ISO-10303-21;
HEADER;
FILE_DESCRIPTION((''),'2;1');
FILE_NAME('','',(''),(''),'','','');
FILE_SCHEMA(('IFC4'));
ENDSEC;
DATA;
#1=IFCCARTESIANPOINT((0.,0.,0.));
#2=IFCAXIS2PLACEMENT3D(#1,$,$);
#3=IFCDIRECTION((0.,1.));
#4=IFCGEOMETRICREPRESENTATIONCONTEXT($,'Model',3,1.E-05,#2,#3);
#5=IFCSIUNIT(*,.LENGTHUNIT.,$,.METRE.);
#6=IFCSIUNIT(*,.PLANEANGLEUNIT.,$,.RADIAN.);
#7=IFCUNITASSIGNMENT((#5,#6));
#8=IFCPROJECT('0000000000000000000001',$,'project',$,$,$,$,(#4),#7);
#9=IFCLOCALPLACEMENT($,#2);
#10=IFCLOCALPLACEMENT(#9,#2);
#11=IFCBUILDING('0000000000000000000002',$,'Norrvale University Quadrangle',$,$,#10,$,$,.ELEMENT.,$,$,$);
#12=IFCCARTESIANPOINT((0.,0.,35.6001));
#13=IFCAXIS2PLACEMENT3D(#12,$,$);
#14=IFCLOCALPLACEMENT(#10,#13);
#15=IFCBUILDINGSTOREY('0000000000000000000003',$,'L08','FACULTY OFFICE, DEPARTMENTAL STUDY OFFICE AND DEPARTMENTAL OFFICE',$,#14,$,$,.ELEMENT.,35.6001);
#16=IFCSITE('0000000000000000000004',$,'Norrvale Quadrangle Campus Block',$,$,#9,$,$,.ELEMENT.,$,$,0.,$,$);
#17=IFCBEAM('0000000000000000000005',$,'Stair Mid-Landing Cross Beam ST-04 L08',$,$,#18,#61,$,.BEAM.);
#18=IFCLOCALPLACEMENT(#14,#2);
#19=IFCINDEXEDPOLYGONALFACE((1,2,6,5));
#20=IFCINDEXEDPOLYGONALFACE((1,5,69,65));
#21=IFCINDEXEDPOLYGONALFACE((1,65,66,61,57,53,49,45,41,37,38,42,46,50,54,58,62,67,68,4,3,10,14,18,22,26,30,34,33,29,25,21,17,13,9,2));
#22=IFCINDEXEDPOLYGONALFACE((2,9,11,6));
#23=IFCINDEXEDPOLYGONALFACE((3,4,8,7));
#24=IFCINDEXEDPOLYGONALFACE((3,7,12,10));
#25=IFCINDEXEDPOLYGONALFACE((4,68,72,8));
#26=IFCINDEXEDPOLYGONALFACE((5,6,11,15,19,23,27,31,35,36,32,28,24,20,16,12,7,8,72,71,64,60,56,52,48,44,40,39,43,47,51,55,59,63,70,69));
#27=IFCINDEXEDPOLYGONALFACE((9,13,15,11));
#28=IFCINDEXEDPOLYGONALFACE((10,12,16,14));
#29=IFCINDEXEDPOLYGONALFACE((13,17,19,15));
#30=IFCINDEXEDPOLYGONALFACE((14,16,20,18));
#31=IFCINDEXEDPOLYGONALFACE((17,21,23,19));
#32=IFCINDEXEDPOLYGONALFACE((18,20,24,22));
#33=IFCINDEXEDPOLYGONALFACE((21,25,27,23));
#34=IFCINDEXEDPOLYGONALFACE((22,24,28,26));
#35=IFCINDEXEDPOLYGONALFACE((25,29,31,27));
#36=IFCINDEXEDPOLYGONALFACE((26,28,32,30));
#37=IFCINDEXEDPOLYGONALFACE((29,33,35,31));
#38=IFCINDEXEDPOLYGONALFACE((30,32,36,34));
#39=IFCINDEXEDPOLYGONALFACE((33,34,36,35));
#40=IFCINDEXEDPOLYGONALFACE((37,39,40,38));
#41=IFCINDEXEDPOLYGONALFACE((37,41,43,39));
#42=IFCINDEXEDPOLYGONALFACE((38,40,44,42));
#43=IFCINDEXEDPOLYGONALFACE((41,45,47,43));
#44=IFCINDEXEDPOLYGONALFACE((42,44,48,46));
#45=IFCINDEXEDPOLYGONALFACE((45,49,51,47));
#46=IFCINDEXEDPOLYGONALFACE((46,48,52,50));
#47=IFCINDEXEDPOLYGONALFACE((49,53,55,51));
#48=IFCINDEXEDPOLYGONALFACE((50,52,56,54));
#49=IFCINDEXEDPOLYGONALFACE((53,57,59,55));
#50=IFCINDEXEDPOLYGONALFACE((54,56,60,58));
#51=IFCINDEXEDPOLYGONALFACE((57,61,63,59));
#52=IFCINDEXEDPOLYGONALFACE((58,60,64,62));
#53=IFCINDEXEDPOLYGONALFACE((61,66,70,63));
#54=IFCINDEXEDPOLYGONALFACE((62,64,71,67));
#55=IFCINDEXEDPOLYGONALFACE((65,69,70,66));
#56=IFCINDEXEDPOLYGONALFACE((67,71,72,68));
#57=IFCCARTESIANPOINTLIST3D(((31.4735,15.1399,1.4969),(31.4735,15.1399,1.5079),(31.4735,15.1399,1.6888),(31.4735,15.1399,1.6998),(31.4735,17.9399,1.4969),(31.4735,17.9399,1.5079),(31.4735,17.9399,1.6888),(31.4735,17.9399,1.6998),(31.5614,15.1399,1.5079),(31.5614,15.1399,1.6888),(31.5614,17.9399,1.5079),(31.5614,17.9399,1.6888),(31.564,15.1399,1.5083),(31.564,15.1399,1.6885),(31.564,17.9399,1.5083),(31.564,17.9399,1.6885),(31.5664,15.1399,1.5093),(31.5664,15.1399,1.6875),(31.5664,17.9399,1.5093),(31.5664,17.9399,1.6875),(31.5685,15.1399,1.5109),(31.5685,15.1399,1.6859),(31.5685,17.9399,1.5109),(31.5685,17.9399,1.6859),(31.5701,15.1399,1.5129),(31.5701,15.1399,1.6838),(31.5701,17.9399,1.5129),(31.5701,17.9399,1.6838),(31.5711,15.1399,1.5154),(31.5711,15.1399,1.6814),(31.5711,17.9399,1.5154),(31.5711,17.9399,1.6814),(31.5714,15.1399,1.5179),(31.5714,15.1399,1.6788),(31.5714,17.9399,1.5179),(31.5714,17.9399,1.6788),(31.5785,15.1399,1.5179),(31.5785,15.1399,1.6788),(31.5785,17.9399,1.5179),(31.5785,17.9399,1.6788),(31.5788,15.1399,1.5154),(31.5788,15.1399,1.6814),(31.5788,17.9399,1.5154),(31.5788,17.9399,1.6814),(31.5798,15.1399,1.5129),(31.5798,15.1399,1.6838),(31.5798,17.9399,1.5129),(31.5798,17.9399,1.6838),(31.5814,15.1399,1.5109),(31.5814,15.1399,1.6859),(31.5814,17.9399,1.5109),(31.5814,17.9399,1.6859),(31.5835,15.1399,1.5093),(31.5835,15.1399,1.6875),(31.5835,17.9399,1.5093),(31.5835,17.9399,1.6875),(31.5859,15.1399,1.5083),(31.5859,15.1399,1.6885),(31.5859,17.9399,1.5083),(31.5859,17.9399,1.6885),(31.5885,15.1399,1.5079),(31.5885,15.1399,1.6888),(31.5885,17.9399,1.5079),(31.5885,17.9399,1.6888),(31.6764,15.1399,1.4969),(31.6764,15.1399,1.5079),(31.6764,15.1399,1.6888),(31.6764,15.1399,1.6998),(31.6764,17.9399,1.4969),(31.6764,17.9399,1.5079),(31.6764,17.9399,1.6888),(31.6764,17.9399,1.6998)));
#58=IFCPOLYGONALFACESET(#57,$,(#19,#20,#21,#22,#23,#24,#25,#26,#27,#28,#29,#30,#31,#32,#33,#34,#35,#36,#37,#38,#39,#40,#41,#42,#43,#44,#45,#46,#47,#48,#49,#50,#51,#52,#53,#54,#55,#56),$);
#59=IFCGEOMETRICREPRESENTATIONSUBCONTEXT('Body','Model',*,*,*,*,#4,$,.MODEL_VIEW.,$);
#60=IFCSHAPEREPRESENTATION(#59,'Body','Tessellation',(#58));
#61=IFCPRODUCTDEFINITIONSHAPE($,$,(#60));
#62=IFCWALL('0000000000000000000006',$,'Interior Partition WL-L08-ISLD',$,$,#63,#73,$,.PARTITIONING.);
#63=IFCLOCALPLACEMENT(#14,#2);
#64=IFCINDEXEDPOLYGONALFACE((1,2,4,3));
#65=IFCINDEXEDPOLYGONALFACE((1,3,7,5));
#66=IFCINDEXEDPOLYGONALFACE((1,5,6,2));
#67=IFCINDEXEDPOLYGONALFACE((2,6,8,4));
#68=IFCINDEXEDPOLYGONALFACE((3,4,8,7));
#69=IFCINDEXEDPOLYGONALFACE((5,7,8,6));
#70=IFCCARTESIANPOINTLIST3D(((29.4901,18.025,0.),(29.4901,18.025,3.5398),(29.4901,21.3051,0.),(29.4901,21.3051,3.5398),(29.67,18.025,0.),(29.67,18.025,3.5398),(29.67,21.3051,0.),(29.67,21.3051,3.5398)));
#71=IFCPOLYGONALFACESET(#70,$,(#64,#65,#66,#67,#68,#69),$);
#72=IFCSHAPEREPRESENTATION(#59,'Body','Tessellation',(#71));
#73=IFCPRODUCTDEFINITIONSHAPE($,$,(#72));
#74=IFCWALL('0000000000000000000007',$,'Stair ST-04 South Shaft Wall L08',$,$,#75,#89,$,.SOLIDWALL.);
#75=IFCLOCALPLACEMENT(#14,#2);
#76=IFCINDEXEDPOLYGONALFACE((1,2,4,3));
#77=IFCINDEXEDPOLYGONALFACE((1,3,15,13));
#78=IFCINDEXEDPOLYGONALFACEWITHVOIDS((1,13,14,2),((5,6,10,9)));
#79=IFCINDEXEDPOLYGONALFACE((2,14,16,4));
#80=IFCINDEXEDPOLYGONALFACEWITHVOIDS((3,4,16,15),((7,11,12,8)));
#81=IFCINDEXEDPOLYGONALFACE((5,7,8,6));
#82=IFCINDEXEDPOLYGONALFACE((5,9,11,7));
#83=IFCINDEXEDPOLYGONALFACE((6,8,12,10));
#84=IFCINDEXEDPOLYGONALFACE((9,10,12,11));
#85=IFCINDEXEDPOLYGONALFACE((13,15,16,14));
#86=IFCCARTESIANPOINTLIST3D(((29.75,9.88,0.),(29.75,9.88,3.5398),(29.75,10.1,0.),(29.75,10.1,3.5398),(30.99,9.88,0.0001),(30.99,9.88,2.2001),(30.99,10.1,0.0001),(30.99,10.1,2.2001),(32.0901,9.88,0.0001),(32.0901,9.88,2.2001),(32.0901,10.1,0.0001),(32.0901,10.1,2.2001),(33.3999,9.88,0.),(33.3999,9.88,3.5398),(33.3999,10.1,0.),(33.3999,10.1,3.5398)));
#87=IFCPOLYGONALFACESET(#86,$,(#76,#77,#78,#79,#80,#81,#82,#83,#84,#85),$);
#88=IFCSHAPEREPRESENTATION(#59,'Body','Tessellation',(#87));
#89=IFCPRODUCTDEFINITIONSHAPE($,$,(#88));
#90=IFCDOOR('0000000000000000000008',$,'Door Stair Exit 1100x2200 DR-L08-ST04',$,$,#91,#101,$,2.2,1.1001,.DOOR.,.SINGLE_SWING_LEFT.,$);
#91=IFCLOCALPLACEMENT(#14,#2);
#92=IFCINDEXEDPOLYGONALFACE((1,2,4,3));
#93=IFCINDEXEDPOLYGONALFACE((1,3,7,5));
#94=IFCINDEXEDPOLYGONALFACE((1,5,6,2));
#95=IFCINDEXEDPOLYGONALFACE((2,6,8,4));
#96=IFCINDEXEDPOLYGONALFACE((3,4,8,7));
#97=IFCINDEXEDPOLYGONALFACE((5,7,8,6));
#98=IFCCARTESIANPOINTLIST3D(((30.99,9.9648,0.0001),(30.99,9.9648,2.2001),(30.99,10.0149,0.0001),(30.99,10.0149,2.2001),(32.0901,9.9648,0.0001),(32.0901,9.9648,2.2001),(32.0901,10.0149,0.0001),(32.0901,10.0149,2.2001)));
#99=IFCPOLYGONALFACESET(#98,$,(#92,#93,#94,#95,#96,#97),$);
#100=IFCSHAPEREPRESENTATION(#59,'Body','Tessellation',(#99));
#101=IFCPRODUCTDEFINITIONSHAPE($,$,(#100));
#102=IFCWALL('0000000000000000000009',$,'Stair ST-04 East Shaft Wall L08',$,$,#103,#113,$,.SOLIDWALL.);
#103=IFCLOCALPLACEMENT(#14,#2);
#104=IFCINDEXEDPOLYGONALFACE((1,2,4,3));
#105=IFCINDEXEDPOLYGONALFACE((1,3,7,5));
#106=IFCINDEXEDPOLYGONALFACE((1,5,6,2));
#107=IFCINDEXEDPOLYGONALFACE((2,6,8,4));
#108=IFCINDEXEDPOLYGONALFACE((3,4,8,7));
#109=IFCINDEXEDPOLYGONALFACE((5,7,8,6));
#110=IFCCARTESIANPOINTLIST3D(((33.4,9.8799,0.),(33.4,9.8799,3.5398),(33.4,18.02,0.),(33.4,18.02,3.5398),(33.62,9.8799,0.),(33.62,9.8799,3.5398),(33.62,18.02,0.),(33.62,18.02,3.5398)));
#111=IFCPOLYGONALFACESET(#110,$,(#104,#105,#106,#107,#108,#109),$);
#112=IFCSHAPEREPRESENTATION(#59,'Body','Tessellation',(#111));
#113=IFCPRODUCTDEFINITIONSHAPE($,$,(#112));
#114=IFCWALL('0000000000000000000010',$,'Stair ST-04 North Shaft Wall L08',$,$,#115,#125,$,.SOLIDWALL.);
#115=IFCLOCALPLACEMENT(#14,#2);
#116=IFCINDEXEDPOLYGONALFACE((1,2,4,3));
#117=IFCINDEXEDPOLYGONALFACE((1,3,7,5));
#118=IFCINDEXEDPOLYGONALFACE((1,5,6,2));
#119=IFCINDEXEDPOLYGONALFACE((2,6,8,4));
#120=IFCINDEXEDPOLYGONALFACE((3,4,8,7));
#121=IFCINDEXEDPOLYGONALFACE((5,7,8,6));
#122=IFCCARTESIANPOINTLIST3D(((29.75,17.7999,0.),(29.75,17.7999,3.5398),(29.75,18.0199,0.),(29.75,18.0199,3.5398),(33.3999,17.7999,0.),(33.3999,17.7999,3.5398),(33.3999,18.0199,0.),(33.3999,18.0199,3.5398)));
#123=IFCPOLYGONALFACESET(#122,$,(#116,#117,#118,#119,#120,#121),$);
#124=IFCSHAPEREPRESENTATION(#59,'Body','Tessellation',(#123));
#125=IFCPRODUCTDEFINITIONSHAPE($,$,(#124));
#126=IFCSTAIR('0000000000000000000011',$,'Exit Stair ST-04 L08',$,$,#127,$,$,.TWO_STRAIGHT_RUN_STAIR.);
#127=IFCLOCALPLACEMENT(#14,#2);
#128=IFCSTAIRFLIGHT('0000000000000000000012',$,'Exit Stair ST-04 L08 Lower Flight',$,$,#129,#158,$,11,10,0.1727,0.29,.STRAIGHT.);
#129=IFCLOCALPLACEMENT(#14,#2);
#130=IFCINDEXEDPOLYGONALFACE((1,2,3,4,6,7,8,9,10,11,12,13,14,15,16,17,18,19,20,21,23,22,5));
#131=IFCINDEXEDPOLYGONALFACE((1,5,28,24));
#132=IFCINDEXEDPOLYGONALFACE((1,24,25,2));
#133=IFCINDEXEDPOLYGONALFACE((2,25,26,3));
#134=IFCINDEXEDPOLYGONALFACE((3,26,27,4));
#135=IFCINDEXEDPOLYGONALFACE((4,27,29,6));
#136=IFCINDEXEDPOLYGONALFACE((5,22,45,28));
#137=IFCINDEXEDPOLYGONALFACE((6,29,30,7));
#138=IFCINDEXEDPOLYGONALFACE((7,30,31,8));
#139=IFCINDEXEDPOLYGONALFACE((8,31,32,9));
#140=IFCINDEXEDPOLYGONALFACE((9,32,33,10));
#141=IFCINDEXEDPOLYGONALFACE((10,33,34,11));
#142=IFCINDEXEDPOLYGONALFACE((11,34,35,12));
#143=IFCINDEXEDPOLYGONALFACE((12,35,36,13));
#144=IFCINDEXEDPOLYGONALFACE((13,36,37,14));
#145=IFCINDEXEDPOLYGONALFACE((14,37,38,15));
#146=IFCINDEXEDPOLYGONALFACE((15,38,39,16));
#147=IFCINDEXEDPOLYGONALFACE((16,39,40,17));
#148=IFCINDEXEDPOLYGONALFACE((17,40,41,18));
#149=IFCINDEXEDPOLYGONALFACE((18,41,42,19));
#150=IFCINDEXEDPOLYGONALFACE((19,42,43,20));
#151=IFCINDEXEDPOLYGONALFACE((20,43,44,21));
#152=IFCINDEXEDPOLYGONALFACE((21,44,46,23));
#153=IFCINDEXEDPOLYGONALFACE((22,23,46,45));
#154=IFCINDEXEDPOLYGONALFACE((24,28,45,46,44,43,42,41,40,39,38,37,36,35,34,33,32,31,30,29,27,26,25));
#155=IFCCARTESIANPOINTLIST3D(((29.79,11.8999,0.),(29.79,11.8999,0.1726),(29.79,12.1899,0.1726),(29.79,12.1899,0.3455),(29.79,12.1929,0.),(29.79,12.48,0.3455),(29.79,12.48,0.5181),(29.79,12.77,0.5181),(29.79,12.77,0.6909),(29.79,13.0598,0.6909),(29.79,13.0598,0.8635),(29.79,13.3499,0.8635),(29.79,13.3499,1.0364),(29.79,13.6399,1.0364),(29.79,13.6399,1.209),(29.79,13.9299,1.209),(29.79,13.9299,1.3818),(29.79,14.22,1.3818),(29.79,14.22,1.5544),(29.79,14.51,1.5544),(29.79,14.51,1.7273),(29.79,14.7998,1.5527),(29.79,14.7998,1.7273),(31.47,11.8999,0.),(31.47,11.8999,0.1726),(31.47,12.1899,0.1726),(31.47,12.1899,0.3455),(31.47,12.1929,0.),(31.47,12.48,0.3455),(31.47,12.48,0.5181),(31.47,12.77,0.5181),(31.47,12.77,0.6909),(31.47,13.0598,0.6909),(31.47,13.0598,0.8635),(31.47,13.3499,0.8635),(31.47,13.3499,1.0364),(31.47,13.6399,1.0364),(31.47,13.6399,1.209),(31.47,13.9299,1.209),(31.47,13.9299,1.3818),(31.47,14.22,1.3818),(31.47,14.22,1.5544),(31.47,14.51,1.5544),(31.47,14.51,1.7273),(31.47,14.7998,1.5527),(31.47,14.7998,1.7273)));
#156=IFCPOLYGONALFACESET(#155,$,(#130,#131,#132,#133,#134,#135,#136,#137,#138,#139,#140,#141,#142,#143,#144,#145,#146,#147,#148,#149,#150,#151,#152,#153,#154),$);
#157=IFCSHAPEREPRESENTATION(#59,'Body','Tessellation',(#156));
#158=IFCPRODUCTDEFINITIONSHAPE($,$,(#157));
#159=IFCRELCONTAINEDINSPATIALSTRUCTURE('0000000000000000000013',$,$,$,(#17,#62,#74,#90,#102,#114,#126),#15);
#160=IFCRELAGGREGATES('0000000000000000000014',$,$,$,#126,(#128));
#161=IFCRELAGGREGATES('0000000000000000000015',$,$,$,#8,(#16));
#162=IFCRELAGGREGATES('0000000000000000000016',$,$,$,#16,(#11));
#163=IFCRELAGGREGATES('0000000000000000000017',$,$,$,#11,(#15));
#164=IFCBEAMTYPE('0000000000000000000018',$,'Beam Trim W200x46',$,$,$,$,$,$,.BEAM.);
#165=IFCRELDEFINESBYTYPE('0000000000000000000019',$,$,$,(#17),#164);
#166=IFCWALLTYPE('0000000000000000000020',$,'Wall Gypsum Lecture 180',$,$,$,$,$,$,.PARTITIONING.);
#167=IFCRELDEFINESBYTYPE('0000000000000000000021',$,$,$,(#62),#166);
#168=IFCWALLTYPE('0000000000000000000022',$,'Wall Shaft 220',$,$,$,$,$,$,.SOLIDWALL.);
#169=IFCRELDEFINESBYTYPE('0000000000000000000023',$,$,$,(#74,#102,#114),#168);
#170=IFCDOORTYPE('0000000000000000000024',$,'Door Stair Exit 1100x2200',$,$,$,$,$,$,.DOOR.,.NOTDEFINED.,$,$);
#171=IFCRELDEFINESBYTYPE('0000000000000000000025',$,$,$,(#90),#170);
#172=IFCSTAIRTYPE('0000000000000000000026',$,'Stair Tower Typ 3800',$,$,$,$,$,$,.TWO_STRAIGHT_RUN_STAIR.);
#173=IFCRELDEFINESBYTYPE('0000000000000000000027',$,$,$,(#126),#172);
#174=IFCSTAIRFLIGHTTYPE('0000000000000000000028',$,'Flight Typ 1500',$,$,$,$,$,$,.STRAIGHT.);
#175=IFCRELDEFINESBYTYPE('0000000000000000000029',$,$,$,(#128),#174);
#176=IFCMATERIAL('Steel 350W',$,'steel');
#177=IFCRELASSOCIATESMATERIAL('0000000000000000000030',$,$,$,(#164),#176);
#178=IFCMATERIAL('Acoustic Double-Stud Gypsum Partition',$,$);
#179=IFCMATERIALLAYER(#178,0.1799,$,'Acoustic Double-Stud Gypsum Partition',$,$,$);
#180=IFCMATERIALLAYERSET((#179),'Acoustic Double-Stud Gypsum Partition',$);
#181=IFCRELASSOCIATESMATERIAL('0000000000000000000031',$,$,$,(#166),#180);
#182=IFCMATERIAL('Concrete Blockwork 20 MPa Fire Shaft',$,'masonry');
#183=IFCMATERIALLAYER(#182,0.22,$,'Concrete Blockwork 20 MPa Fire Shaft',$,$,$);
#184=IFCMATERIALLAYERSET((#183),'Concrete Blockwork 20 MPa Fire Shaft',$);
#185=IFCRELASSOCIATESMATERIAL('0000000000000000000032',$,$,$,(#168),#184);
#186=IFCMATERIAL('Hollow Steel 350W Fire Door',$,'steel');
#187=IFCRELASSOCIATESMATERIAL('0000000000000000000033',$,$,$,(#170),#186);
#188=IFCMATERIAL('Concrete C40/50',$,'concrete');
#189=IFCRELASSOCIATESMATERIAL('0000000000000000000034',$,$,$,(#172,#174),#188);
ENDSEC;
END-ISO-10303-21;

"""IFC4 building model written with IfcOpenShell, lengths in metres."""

from ifc_helpers import new_model, si_unit, direction, frame, frame_2d, origin, origin_2d, place, context, subcontext, project, spatial, polyline, rectangle, i_section, outline, extrude, material, layer, layer_set, material_profile, profile_set, type_object, element, fill, aggregate, save


model = new_model("IFC4")

# Units and contexts
model_context = context("Model", 3, precision=1e-05, world=origin(), true_north=direction((0.0, 1.0)))
body_context = subcontext(model_context, "Body", "Model", "MODEL_VIEW")
ifc_project = project(units=[si_unit("LENGTHUNIT", "METRE"), si_unit("PLANEANGLEUNIT", "RADIAN")], contexts=[model_context])

# Site, building, storey
site_placement = place(None, origin())
site = spatial("IfcSite", under=ifc_project, at=site_placement, Name="Norrvale Quadrangle Campus Block", CompositionType="ELEMENT", RefElevation=0.0)
building_placement = place(site_placement, origin())
building = spatial("IfcBuilding", under=site, at=building_placement, Name="Norrvale University Quadrangle", CompositionType="ELEMENT")
storey_placement = place(building_placement, frame((0.0, 0.0, 35.6001)))
storey = spatial("IfcBuildingStorey", under=building, at=storey_placement, Name="L08", Description="FACULTY OFFICE, DEPARTMENTAL STUDY OFFICE AND DEPARTMENTAL OFFICE", CompositionType="ELEMENT", Elevation=35.6001)

# Beam
ifc_material_1 = material(Name="Steel 350W", Category="steel")
ifc_material_profile_1 = material_profile(ifc_material_1, i_section(OverallWidth=0.2029, OverallDepth=0.2029, WebThickness=0.0071, FlangeThickness=0.011, FilletRadius=0.01, at=origin_2d()), Name="Steel 350W")
ifc_profile_set_1 = profile_set([ifc_material_profile_1], Name="Steel 350W")
beam_type_1 = type_object("IfcBeamType", Name="Beam Trim W200x46", PredefinedType="BEAM", material=ifc_profile_set_1)
beam_1_placement = place(storey_placement, frame((31.575, 15.1399, 1.5984), z_axis=(0.0, 1.0, 0.0), x_axis=(-1.0, 0.0, 0.0)))
element("IfcBeam", 1, at=beam_1_placement, inside=storey, type_object=beam_type_1, Name="Stair Mid-Landing Cross Beam ST-04 L08", PredefinedType="BEAM", context=body_context, shape_type="SweptSolid", body=[
    extrude(i_section(OverallWidth=0.2029, OverallDepth=0.2029, WebThickness=0.0071, FlangeThickness=0.011, FilletRadius=0.01, at=origin_2d()), origin(), (0.0, 0.0, 1.0), 2.8),
])

# Wall
ifc_material_2 = material(Name="Acoustic Double-Stud Gypsum Partition")
ifc_layer_1 = layer(ifc_material_2, 0.1799, Name="Acoustic Double-Stud Gypsum Partition")
ifc_layer_set_1 = layer_set([ifc_layer_1], Name="Acoustic Double-Stud Gypsum Partition")
wall_type_1 = type_object("IfcWallType", Name="Wall Gypsum Lecture 180", PredefinedType="PARTITIONING", material=ifc_layer_set_1)
wall_1_placement = place(storey_placement, frame((29.5801, 18.0249, 0.0), z_axis=(0.0, 0.0, 1.0), x_axis=(0.0, 1.0, 0.0)))
element("IfcWall", 2, at=wall_1_placement, inside=storey, type_object=wall_type_1, Name="Interior Partition WL-L08-ISLD", PredefinedType="PARTITIONING", context=body_context, shape_type="SweptSolid", body=[
    extrude(rectangle(XDim=3.28, YDim=0.1799, at=frame_2d((1.6401, 0.0))), origin(), (0.0, 0.0, 1.0), 3.5398),
])

# Wall, opening, door
ifc_material_3 = material(Name="Concrete Blockwork 20 MPa Fire Shaft", Category="masonry")
ifc_layer_2 = layer(ifc_material_3, 0.22, Name="Concrete Blockwork 20 MPa Fire Shaft")
ifc_layer_set_2 = layer_set([ifc_layer_2], Name="Concrete Blockwork 20 MPa Fire Shaft")
wall_type_2 = type_object("IfcWallType", Name="Wall Shaft 220", PredefinedType="SOLIDWALL", material=ifc_layer_set_2)
wall_2_placement = place(storey_placement, frame((29.75, 9.99, 0.0), z_axis=(0.0, 0.0, 1.0), x_axis=(1.0, 0.0, 0.0)))
wall_2 = element("IfcWall", 3, at=wall_2_placement, inside=storey, type_object=wall_type_2, Name="Stair ST-04 South Shaft Wall L08", PredefinedType="SOLIDWALL", context=body_context, shape_type="SweptSolid", body=[
    extrude(rectangle(XDim=3.6499, YDim=0.22, at=frame_2d((1.825, 0.0))), origin(), (0.0, 0.0, 1.0), 3.5398),
])
opening_placement = place(wall_2_placement, frame((1.24, 0.0, 0.0)))
opening = element("IfcOpeningElement", 4, at=opening_placement, cuts=wall_2, PredefinedType="OPENING", context=body_context, shape_type="SweptSolid", body=[
    extrude(rectangle(XDim=1.1001, YDim=2.2, at=frame_2d((0.55, 1.1001))), frame((0.0, 0.1221, 0.0), z_axis=(0.0, -1.0, 0.0), x_axis=(1.0, 0.0, 0.0)), (0.0, 0.0, 1.0), 0.2439),
])
ifc_material_4 = material(Name="Hollow Steel 350W Fire Door", Category="steel")
door_type = type_object("IfcDoorType", Name="Door Stair Exit 1100x2200", OperationType="NOTDEFINED", PredefinedType="DOOR", material=ifc_material_4)
door_placement = place(opening_placement, origin())
door = element("IfcDoor", 5, at=door_placement, inside=storey, type_object=door_type, Name="Door Stair Exit 1100x2200 DR-L08-ST04", OperationType="SINGLE_SWING_LEFT", OverallHeight=2.2, OverallWidth=1.1001, PredefinedType="DOOR", context=body_context, shape_type="SweptSolid", body=[
    extrude(rectangle(XDim=1.1001, YDim=2.2, at=frame_2d((0.55, 1.1001))), frame((0.0, 0.0249, 0.0), z_axis=(0.0, -1.0, 0.0), x_axis=(1.0, 0.0, 0.0)), (0.0, 0.0, 1.0), 0.05),
])
fill(opening, door)

# Walls
wall_3_placement = place(storey_placement, frame((33.51, 9.8799, 0.0), z_axis=(0.0, 0.0, 1.0), x_axis=(0.0, 1.0, 0.0)))
element("IfcWall", 6, at=wall_3_placement, inside=storey, type_object=wall_type_2, Name="Stair ST-04 East Shaft Wall L08", PredefinedType="SOLIDWALL", context=body_context, shape_type="SweptSolid", body=[
    extrude(rectangle(XDim=8.1401, YDim=0.22, at=frame_2d((4.0701, 0.0))), origin(), (0.0, 0.0, 1.0), 3.5398),
])
wall_4_placement = place(storey_placement, frame((29.75, 17.9099, 0.0), z_axis=(0.0, 0.0, 1.0), x_axis=(1.0, 0.0, 0.0)))
element("IfcWall", 7, at=wall_4_placement, inside=storey, type_object=wall_type_2, Name="Stair ST-04 North Shaft Wall L08", PredefinedType="SOLIDWALL", context=body_context, shape_type="SweptSolid", body=[
    extrude(rectangle(XDim=3.6499, YDim=0.22, at=frame_2d((1.825, 0.0))), origin(), (0.0, 0.0, 1.0), 3.5398),
])

# Stair, stair flight
ifc_material_5 = material(Name="Concrete C40/50", Category="concrete")
stair_type = type_object("IfcStairType", Name="Stair Tower Typ 3800", PredefinedType="TWO_STRAIGHT_RUN_STAIR", material=ifc_material_5)
stair_placement = place(storey_placement, origin())
stair = element("IfcStair", 8, at=stair_placement, inside=storey, type_object=stair_type, Name="Exit Stair ST-04 L08", PredefinedType="TWO_STRAIGHT_RUN_STAIR")
stair_flight_type = type_object("IfcStairFlightType", Name="Flight Typ 1500", PredefinedType="STRAIGHT", material=ifc_material_5)
stair_flight_1_placement = place(storey_placement, frame((30.6299, 11.8999, 0.0), z_axis=(0.0, 0.0, 1.0), x_axis=(0.0, 1.0, 0.0)))
stair_flight_1 = element("IfcStairFlight", 9, at=stair_flight_1_placement, type_object=stair_flight_type, Name="Exit Stair ST-04 L08 Lower Flight", NumberOfRisers=11, NumberOfTreads=10, PredefinedType="STRAIGHT", RiserHeight=0.1727, TreadLength=0.29, context=body_context, shape_type="SweptSolid", body=[
    extrude(outline(polyline([(0.0, 0.0), (0.0, 0.1726), (0.29, 0.1726), (0.29, 0.3455), (0.5801, 0.3455), (0.5801, 0.5181), (0.8701, 0.5181), (0.8701, 0.6909), (1.1599, 0.6909), (1.1599, 0.8635), (1.45, 0.8635), (1.45, 1.0364), (1.74, 1.0364), (1.74, 1.209), (2.03, 1.209), (2.03, 1.3818), (2.3201, 1.3818), (2.3201, 1.5544), (2.6101, 1.5544), (2.6101, 1.7273), (2.8999, 1.7273), (2.8999, 1.8999), (2.8999, 1.5527), (0.293, 0.0), (0.0, 0.0)])), frame((0.0, 0.8398, 0.0), z_axis=(0.0, -1.0, 0.0), x_axis=(1.0, 0.0, 0.0)), (0.0, 0.0, 1.0), 1.6799),
])
aggregate(stair, [stair_flight_1])

save(model, "model.ifc")
